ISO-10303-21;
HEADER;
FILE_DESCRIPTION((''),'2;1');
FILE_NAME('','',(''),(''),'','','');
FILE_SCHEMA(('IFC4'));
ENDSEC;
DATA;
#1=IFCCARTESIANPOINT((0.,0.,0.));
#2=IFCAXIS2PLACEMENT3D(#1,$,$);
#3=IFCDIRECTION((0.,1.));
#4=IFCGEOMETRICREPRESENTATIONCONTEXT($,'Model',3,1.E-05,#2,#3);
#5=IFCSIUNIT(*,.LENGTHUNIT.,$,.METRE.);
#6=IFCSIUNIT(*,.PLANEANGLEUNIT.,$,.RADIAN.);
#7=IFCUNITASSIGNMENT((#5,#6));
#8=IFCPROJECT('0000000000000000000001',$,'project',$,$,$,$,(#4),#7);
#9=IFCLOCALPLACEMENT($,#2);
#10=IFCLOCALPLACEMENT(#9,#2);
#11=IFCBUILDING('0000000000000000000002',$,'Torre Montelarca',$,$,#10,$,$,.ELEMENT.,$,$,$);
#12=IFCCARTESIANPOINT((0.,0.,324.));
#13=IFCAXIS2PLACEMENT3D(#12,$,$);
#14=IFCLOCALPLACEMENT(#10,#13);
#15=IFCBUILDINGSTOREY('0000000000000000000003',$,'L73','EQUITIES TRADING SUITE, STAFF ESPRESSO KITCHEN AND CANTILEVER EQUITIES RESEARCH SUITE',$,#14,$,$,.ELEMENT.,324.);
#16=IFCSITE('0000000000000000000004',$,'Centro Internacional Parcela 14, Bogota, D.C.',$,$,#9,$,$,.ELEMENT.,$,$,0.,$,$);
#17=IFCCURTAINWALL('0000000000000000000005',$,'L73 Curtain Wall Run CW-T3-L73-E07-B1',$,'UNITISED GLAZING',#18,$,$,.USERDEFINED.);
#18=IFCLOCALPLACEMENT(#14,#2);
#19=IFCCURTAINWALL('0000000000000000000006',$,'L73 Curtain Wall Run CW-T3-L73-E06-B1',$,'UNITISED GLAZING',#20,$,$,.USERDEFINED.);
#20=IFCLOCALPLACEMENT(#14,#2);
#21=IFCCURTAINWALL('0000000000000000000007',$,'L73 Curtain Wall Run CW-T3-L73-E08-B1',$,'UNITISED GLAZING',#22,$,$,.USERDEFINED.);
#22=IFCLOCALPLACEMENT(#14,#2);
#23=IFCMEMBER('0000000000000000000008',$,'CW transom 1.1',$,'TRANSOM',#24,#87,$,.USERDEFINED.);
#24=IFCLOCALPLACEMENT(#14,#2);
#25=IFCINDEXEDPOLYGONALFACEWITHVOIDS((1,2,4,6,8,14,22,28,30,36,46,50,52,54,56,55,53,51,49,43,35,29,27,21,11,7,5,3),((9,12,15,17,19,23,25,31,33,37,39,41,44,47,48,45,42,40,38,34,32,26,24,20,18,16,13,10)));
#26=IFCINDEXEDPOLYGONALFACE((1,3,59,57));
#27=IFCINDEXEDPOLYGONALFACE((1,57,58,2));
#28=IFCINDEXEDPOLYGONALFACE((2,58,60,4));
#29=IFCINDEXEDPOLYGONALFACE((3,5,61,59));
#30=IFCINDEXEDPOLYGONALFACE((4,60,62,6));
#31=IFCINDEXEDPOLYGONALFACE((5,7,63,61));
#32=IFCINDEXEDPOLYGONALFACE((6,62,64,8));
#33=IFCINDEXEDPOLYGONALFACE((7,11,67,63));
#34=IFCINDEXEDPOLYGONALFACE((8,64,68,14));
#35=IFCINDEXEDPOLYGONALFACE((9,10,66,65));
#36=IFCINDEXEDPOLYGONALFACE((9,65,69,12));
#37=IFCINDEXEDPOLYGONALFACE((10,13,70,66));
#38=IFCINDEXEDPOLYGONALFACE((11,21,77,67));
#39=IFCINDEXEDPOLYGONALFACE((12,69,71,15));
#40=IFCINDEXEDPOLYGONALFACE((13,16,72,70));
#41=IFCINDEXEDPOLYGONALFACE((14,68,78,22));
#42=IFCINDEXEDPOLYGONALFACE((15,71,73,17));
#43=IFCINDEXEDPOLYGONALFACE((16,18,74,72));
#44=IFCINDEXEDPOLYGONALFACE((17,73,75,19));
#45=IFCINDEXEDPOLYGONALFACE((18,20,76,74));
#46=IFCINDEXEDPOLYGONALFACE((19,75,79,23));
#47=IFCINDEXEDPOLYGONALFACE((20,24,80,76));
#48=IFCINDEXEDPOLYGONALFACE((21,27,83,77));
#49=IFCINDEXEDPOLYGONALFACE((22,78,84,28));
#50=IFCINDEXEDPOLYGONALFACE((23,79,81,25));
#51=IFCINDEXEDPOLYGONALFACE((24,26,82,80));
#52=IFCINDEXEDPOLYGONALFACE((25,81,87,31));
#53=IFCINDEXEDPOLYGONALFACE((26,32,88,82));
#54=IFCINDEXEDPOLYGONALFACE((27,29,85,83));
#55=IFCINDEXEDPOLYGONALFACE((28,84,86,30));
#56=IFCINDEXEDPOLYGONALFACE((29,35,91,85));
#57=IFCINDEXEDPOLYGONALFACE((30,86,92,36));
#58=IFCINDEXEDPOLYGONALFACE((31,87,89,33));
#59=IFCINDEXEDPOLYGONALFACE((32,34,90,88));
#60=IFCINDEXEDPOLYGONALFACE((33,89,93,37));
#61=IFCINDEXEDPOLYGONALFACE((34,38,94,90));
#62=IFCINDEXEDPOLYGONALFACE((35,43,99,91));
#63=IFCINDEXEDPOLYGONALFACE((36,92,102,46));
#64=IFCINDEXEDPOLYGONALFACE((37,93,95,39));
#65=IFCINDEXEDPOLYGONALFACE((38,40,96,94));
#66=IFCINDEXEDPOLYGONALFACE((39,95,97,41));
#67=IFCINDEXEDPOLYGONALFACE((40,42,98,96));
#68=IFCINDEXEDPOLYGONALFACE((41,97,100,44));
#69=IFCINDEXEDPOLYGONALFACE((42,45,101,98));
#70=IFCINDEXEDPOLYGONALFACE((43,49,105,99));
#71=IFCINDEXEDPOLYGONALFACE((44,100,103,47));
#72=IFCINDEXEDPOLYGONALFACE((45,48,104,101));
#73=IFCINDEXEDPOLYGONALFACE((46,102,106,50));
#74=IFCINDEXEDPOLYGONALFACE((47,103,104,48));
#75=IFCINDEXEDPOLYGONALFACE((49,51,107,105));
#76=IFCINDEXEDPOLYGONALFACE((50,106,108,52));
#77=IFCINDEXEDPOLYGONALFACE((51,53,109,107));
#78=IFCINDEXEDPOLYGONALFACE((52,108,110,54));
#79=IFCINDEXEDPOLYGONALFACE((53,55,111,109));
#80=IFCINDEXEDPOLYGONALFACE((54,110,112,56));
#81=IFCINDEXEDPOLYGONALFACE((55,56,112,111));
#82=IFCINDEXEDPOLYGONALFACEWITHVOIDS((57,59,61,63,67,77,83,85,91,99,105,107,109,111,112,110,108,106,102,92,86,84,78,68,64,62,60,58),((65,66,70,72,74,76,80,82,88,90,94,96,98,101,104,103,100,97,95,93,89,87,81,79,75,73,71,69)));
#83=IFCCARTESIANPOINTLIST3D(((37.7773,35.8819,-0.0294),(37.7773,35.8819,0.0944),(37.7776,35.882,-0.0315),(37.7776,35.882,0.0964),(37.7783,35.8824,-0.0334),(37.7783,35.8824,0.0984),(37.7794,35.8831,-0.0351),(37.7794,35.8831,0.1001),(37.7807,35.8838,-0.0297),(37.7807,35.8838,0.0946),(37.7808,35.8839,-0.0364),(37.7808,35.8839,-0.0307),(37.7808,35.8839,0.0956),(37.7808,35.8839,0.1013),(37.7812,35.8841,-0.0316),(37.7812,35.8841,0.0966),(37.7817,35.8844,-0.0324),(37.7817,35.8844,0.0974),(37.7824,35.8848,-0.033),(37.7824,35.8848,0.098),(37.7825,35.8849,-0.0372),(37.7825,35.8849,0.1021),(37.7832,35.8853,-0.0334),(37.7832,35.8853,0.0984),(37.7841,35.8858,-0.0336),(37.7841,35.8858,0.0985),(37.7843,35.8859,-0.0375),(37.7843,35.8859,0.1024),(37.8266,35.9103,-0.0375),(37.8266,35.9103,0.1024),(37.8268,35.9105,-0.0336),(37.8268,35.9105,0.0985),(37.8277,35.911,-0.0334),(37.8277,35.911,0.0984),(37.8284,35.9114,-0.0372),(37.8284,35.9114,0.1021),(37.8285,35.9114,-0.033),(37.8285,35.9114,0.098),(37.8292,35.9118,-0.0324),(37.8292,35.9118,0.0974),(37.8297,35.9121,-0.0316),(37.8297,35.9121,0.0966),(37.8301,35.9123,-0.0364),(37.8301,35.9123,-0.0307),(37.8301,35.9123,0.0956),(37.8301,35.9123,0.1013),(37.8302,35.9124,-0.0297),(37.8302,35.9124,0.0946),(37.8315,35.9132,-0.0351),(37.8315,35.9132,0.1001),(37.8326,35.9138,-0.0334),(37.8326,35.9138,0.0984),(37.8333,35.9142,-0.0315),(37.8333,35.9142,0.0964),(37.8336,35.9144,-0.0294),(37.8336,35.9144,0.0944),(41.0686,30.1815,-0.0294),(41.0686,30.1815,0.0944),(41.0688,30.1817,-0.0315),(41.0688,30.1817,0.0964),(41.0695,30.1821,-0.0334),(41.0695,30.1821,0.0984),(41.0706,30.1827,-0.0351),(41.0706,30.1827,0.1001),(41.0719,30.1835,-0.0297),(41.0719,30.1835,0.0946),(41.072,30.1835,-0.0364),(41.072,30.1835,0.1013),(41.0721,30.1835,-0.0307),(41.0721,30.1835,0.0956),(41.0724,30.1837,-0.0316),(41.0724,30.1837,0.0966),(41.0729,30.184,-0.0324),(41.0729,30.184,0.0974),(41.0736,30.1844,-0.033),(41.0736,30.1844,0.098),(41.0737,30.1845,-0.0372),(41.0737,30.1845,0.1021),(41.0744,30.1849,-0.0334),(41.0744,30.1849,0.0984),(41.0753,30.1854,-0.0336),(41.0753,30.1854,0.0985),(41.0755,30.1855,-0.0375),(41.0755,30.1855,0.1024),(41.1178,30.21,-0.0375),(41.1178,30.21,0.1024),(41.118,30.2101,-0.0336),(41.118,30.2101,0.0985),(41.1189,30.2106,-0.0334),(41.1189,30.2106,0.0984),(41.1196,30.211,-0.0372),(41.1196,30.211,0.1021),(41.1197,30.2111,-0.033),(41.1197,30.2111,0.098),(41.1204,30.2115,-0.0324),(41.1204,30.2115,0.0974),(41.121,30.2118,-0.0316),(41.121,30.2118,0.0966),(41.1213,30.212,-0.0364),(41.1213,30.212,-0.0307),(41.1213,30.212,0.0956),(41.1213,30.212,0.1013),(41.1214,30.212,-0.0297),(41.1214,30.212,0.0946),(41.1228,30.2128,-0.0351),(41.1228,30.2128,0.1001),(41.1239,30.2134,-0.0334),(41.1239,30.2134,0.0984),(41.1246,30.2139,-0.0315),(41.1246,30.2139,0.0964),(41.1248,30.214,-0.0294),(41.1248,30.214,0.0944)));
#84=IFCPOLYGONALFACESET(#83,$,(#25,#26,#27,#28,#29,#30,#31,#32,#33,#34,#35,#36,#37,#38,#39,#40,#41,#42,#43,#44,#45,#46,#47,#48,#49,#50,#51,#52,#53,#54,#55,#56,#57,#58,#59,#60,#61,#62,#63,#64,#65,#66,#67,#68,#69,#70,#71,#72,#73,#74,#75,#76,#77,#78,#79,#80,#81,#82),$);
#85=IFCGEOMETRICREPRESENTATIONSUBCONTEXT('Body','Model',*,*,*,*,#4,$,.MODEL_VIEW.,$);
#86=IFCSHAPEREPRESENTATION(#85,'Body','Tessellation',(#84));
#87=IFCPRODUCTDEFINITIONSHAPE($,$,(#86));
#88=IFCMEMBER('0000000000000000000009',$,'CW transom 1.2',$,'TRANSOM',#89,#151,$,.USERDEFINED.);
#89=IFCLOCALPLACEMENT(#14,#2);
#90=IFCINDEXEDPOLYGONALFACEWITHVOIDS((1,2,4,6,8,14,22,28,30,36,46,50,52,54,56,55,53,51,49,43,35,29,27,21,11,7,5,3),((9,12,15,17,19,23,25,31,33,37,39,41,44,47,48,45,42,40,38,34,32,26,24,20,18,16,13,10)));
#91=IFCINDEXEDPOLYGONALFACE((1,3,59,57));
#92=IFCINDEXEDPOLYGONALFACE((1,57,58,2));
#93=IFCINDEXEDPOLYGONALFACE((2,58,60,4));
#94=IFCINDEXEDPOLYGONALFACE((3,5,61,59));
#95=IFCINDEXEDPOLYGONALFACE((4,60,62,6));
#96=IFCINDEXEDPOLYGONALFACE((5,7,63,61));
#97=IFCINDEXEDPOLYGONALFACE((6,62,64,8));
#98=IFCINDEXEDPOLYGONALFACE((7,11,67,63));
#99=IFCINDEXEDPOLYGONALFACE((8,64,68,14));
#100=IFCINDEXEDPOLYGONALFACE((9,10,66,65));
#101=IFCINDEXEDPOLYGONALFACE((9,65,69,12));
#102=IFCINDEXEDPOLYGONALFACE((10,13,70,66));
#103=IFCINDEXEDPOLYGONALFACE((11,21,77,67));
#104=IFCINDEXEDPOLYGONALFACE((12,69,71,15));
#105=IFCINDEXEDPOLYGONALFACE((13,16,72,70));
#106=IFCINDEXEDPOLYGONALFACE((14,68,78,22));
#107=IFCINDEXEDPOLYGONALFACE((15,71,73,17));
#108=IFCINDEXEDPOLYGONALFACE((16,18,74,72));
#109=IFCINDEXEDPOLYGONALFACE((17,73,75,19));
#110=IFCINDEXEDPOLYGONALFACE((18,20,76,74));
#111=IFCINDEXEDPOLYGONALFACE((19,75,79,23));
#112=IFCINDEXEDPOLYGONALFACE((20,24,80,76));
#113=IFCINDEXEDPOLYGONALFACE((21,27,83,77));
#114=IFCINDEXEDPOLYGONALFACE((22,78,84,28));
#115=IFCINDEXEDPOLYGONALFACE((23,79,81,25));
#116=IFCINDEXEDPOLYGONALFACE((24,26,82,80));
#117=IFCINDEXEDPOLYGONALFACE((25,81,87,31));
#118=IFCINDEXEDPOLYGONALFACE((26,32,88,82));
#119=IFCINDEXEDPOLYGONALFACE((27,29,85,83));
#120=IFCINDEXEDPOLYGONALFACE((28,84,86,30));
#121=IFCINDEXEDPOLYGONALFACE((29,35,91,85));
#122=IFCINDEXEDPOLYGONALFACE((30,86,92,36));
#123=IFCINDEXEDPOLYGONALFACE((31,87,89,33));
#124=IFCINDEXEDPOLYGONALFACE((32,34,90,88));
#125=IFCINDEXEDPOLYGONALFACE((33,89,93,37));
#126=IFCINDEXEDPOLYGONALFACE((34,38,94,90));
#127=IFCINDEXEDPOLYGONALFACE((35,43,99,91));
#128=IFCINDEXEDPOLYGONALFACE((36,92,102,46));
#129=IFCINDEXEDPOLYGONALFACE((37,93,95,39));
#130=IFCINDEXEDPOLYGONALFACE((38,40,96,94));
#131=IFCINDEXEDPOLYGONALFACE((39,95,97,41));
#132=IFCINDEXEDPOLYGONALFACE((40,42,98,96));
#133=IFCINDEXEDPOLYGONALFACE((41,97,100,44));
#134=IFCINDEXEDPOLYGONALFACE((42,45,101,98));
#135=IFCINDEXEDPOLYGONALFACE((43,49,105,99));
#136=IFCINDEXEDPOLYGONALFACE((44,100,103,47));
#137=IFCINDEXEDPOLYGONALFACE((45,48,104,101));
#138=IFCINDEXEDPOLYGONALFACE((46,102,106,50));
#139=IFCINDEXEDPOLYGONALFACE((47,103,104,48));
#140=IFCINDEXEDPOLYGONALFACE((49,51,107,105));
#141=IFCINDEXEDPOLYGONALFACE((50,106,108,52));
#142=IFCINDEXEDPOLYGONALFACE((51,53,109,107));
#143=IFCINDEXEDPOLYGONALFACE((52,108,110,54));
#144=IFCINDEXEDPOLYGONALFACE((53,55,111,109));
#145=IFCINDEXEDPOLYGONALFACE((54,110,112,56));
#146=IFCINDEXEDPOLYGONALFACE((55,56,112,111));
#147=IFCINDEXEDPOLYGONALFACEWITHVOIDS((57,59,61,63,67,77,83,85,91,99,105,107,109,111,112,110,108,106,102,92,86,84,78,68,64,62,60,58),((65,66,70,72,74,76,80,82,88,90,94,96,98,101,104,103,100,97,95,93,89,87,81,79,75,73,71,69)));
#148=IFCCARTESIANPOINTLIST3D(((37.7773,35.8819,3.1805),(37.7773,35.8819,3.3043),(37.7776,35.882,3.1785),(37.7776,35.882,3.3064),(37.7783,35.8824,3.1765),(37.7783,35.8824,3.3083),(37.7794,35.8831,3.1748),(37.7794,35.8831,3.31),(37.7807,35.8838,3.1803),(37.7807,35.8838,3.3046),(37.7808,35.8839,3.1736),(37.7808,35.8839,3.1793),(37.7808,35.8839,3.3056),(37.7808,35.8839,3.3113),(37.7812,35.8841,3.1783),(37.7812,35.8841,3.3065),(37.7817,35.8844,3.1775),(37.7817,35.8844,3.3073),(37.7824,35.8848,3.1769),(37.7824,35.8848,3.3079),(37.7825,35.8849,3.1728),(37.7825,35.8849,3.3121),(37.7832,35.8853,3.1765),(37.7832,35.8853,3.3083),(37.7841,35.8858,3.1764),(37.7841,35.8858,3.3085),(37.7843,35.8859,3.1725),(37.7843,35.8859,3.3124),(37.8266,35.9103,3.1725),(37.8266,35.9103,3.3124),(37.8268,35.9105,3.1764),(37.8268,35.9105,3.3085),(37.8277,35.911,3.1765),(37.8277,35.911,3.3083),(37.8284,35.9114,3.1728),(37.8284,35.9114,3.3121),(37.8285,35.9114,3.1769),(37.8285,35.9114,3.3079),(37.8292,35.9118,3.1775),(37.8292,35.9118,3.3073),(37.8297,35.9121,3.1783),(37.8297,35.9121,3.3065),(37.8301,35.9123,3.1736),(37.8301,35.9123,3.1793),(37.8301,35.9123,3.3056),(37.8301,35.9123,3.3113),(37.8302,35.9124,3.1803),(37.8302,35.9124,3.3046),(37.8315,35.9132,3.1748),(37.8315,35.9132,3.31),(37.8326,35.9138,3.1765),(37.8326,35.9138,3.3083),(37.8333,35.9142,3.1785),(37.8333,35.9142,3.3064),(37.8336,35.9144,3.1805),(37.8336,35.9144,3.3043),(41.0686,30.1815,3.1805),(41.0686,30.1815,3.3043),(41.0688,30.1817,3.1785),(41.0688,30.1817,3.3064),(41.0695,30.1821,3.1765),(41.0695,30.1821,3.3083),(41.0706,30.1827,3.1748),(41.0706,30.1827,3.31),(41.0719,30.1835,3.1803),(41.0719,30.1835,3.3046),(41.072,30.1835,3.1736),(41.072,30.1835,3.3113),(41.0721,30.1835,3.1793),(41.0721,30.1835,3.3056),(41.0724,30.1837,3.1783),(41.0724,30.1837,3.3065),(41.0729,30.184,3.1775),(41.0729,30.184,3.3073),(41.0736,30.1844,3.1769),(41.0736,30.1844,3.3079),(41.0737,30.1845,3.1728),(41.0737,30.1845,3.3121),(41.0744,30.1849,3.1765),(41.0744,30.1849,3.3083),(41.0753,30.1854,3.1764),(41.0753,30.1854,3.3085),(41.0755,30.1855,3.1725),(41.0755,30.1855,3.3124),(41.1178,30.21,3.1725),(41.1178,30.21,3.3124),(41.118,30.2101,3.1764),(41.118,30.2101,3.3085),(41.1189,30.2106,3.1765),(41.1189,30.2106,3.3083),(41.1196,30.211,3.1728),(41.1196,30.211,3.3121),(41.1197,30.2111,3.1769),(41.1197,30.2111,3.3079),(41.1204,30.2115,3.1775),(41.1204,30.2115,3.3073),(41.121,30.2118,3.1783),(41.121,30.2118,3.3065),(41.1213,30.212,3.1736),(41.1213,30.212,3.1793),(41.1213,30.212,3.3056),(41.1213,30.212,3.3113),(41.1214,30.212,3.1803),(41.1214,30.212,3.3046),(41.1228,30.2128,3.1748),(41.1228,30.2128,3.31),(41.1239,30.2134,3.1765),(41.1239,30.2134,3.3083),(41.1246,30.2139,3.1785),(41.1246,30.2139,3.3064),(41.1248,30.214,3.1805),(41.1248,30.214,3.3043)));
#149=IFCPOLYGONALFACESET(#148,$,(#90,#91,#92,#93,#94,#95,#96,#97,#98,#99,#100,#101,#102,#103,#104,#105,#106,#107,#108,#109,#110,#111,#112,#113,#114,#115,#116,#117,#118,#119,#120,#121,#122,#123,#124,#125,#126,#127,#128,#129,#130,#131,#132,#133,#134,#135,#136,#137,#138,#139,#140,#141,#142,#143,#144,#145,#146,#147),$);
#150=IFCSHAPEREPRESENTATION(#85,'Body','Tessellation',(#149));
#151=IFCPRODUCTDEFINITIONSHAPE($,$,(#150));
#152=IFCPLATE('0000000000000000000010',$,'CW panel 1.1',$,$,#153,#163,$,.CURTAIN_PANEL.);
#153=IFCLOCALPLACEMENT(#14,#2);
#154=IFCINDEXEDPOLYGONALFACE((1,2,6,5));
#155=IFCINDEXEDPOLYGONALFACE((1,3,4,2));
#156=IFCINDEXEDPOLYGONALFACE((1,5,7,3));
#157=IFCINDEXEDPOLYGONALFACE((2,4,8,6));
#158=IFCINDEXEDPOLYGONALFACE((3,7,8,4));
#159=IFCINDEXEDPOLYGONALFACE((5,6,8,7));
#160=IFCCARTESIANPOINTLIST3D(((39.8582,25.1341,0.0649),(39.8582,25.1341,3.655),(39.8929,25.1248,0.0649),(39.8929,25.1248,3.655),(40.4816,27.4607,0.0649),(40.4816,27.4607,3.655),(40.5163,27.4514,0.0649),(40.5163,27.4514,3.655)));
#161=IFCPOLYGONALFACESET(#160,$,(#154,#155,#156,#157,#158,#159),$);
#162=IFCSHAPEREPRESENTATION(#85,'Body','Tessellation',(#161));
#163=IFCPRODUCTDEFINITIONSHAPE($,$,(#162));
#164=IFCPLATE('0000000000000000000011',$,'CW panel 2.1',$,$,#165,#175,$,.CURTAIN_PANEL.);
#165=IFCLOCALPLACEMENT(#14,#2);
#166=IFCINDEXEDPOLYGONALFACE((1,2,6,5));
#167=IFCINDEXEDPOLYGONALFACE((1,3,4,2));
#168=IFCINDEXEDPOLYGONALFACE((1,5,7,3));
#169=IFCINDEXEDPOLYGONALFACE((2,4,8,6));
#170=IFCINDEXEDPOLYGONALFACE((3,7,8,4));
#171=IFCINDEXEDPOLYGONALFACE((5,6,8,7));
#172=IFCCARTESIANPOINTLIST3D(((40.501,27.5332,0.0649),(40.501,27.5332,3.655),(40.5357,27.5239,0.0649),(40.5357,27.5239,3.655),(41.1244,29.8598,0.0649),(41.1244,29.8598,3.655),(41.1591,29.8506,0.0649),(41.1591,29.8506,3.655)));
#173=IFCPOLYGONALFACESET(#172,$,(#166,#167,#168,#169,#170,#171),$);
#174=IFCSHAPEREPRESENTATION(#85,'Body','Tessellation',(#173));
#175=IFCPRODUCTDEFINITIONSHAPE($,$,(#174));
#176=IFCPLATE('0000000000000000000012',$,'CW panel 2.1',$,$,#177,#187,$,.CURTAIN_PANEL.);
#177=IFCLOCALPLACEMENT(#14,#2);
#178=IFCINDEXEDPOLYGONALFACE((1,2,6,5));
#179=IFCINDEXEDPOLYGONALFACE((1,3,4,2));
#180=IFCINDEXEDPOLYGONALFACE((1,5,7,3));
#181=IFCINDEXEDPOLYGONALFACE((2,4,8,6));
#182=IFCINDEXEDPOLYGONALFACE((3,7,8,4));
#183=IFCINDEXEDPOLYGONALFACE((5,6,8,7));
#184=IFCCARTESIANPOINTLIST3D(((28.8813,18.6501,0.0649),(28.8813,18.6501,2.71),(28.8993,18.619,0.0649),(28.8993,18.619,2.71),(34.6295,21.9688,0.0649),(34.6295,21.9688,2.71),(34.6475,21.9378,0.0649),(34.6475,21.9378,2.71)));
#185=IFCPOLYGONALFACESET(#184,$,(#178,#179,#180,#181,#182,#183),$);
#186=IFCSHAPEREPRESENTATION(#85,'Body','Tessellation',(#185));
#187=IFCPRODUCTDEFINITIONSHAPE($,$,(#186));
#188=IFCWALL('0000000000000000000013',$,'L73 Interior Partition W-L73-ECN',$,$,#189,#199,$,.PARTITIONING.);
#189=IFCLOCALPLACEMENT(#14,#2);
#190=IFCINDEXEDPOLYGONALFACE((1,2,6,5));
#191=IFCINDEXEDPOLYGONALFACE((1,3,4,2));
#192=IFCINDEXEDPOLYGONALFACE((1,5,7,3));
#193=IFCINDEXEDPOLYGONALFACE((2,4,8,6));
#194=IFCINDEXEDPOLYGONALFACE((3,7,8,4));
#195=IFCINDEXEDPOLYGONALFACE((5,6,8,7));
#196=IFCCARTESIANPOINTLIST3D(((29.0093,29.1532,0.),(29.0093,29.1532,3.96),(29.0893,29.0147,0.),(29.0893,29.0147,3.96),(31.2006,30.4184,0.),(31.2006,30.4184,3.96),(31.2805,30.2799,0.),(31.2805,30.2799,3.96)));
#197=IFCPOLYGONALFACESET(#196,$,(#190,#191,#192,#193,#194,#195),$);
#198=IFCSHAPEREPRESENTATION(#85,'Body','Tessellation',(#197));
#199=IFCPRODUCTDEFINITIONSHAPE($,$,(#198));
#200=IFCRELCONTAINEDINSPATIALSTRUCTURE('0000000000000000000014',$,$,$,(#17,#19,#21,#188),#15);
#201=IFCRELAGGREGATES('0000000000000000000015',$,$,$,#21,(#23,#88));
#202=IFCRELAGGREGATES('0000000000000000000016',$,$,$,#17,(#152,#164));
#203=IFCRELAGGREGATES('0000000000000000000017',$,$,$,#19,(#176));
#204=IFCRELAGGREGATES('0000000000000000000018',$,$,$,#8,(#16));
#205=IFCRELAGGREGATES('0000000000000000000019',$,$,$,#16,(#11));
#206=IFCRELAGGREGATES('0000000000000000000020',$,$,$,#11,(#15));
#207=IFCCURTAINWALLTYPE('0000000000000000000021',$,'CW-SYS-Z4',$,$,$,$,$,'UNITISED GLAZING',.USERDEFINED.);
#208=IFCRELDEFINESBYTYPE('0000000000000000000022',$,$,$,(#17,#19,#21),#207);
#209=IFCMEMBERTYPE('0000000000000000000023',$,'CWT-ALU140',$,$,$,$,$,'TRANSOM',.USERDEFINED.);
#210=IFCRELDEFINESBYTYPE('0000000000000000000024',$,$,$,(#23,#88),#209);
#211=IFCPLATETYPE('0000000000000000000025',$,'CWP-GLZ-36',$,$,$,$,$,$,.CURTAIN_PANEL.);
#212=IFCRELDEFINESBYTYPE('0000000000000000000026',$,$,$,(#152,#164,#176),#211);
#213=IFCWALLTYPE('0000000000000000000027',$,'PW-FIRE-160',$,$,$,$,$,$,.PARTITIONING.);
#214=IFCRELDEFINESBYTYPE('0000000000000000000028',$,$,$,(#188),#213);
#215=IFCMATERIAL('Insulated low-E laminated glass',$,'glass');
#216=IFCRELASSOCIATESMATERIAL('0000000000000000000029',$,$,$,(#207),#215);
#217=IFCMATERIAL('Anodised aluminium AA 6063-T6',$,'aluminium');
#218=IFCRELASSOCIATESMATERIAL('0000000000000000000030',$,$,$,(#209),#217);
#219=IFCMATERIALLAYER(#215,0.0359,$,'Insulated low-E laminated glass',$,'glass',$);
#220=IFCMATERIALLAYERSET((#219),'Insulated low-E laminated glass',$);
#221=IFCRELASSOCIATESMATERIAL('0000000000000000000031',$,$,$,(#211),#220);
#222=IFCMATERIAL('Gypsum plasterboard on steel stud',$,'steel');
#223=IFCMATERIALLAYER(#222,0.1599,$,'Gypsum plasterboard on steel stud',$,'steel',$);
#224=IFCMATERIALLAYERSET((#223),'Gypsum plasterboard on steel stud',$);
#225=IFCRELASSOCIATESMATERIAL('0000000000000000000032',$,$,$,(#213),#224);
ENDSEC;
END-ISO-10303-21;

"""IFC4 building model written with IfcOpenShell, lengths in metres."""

from ifc_helpers import new_model, si_unit, direction, frame, frame_2d, origin, origin_2d, place, context, subcontext, project, spatial, rectangle, hollow_rectangle, extrude, source, transform, mapped, material, layer, layer_set, material_profile, profile_set, type_object, element, aggregate, save


model = new_model("IFC4")

# Units and contexts
model_context = context("Model", 3, precision=1e-05, world=origin(), true_north=direction((0.0, 1.0)))
body_context = subcontext(model_context, "Body", "Model", "MODEL_VIEW")
ifc_project = project(units=[si_unit("LENGTHUNIT", "METRE"), si_unit("PLANEANGLEUNIT", "RADIAN")], contexts=[model_context])

# Site, building, storey
site_placement = place(None, origin())
site = spatial("IfcSite", under=ifc_project, at=site_placement, Name="Centro Internacional Parcela 14, Bogota, D.C.", CompositionType="ELEMENT", RefElevation=0.0)
building_placement = place(site_placement, origin())
building = spatial("IfcBuilding", under=site, at=building_placement, Name="Torre Montelarca", CompositionType="ELEMENT")
storey_placement = place(building_placement, frame((0.0, 0.0, 324.0)))
storey = spatial("IfcBuildingStorey", under=building, at=storey_placement, Name="L73", Description="EQUITIES TRADING SUITE, STAFF ESPRESSO KITCHEN AND CANTILEVER EQUITIES RESEARCH SUITE", CompositionType="ELEMENT", Elevation=324.0)

# Curtain wall
ifc_material_1 = material(Name="Insulated low-E laminated glass", Category="glass")
curtain_wall_type = type_object("IfcCurtainWallType", Name="CW-SYS-Z4", ElementType="UNITISED GLAZING", PredefinedType="USERDEFINED", material=ifc_material_1)
curtain_wall_1_placement = place(storey_placement, origin())
curtain_wall_1 = element("IfcCurtainWall", 1, at=curtain_wall_1_placement, inside=storey, type_object=curtain_wall_type, Name="L73 Curtain Wall Run CW-T3-L73-E07-B1", ObjectType="UNITISED GLAZING", PredefinedType="USERDEFINED")
ifc_material_2 = material(Name="Anodised aluminium AA 6063-T6", Category="aluminium")

# Curtain wall
curtain_wall_2_placement = place(storey_placement, origin())
curtain_wall_2 = element("IfcCurtainWall", 2, at=curtain_wall_2_placement, inside=storey, type_object=curtain_wall_type, Name="L73 Curtain Wall Run CW-T3-L73-E06-B1", ObjectType="UNITISED GLAZING", PredefinedType="USERDEFINED")

# Shared definitions
ifc_material_profile_1 = material_profile(ifc_material_2, hollow_rectangle(XDim=0.0649, YDim=0.1399, WallThickness=0.0039, InnerFilletRadius=0.0039, OuterFilletRadius=0.0081, at=origin_2d()), Name="ALU65X140X4", Category="aluminium")
ifc_profile_set_1 = profile_set([ifc_material_profile_1], Name="Anodised aluminium AA 6063-T6")
member_type_1 = type_object("IfcMemberType", Name="CWT-ALU140", ElementType="TRANSOM", PredefinedType="USERDEFINED", material=ifc_profile_set_1)

# Curtain wall, members
curtain_wall_3_placement = place(storey_placement, origin())
curtain_wall_3 = element("IfcCurtainWall", 3, at=curtain_wall_3_placement, inside=storey, type_object=curtain_wall_type, Name="L73 Curtain Wall Run CW-T3-L73-E08-B1", ObjectType="UNITISED GLAZING", PredefinedType="USERDEFINED")
shared_shape_1 = source(origin(), body_context, "Body", "SweptSolid", [
    extrude(hollow_rectangle(XDim=0.0649, YDim=0.1399, WallThickness=0.0039, InnerFilletRadius=0.0039, OuterFilletRadius=0.0081, at=origin_2d()), origin(), (0.0, 0.0, 1.0), 6.5823),
])
member_1_placement = place(storey_placement, frame((41.0967, 30.1978, 0.0325), z_axis=(-0.500012, 0.866018, 0.0), x_axis=(-0.866018, -0.500012, 0.0)))
member_1 = element("IfcMember", 4, at=member_1_placement, type_object=member_type_1, Name="CW transom 1.1", ObjectType="TRANSOM", PredefinedType="USERDEFINED", context=body_context, shape_type="MappedRepresentation", body=[
    mapped(shared_shape_1, transform((0.0, 0.0, 0.0), scale=1.0)),
])
member_2_placement = place(storey_placement, frame((41.0967, 30.1978, 3.2424), z_axis=(-0.500012, 0.866018, 0.0), x_axis=(-0.866018, -0.500012, 0.0)))
member_2 = element("IfcMember", 5, at=member_2_placement, type_object=member_type_1, Name="CW transom 1.2", ObjectType="TRANSOM", PredefinedType="USERDEFINED", context=body_context, shape_type="MappedRepresentation", body=[
    mapped(shared_shape_1, transform((0.0, 0.0, 0.0), scale=1.0)),
])
aggregate(curtain_wall_3, [member_1, member_2])

# Plates
ifc_layer_1 = layer(ifc_material_1, 0.0359, Name="Insulated low-E laminated glass", Category="glass")
ifc_layer_set_1 = layer_set([ifc_layer_1], Name="Insulated low-E laminated glass")
plate_type = type_object("IfcPlateType", Name="CWP-GLZ-36", PredefinedType="CURTAIN_PANEL", material=ifc_layer_set_1)
shared_shape_2 = source(origin(), body_context, "Body", "SweptSolid", [
    extrude(rectangle(XDim=2.4087, YDim=0.0359, at=origin_2d()), origin(), (0.0, 0.0, 1.0), 3.5901),
])
plate_1_placement = place(storey_placement, frame((40.1873, 26.2927, 0.0649), z_axis=(0.0, 0.0, 1.0), x_axis=(0.258815, 0.965927, 0.0)))
plate_1 = element("IfcPlate", 6, at=plate_1_placement, type_object=plate_type, Name="CW panel 1.1", PredefinedType="CURTAIN_PANEL", context=body_context, shape_type="MappedRepresentation", body=[
    mapped(shared_shape_2, transform((0.0, 0.0, 0.0), scale=1.0)),
])
plate_2_placement = place(storey_placement, frame((40.8301, 28.6919, 0.0649), z_axis=(0.0, 0.0, 1.0), x_axis=(0.258815, 0.965927, 0.0)))
plate_2 = element("IfcPlate", 7, at=plate_2_placement, type_object=plate_type, Name="CW panel 2.1", PredefinedType="CURTAIN_PANEL", context=body_context, shape_type="MappedRepresentation", body=[
    mapped(shared_shape_2, transform((0.0, 0.0, 0.0), scale=1.0)),
])
aggregate(curtain_wall_1, [plate_1, plate_2])
shared_shape_3 = source(origin(), body_context, "Body", "SweptSolid", [
    extrude(rectangle(XDim=6.6375, YDim=0.0359, at=origin_2d()), origin(), (0.0, 0.0, 1.0), 2.645),
])
plate_3_placement = place(storey_placement, frame((31.7644, 20.2939, 0.0649), z_axis=(0.0, 0.0, 1.0), x_axis=(0.866026, 0.499999, 0.0)))
plate_3 = element("IfcPlate", 8, at=plate_3_placement, type_object=plate_type, Name="CW panel 2.1", PredefinedType="CURTAIN_PANEL", context=body_context, shape_type="MappedRepresentation", body=[
    mapped(shared_shape_3, transform((0.0, 0.0, 0.0), scale=1.0)),
])
aggregate(curtain_wall_2, [plate_3])

# Wall
ifc_material_3 = material(Name="Gypsum plasterboard on steel stud", Category="steel")
ifc_layer_2 = layer(ifc_material_3, 0.1599, Name="Gypsum plasterboard on steel stud", Category="steel")
ifc_layer_set_2 = layer_set([ifc_layer_2], Name="Gypsum plasterboard on steel stud")
wall_type_1 = type_object("IfcWallType", Name="PW-FIRE-160", PredefinedType="PARTITIONING", material=ifc_layer_set_2)
wall_1_placement = place(storey_placement, frame((29.0493, 29.084, 0.0), z_axis=(0.0, 0.0, 1.0), x_axis=(0.866014, 0.50002, 0.0)))
element("IfcWall", 9, at=wall_1_placement, inside=storey, type_object=wall_type_1, Name="L73 Interior Partition W-L73-ECN", PredefinedType="PARTITIONING", context=body_context, shape_type="SweptSolid", body=[
    extrude(rectangle(XDim=2.5303, YDim=0.1599, at=frame_2d((1.2651, 0.0))), origin(), (0.0, 0.0, 1.0), 3.96),
])

save(model, "model.ifc")
